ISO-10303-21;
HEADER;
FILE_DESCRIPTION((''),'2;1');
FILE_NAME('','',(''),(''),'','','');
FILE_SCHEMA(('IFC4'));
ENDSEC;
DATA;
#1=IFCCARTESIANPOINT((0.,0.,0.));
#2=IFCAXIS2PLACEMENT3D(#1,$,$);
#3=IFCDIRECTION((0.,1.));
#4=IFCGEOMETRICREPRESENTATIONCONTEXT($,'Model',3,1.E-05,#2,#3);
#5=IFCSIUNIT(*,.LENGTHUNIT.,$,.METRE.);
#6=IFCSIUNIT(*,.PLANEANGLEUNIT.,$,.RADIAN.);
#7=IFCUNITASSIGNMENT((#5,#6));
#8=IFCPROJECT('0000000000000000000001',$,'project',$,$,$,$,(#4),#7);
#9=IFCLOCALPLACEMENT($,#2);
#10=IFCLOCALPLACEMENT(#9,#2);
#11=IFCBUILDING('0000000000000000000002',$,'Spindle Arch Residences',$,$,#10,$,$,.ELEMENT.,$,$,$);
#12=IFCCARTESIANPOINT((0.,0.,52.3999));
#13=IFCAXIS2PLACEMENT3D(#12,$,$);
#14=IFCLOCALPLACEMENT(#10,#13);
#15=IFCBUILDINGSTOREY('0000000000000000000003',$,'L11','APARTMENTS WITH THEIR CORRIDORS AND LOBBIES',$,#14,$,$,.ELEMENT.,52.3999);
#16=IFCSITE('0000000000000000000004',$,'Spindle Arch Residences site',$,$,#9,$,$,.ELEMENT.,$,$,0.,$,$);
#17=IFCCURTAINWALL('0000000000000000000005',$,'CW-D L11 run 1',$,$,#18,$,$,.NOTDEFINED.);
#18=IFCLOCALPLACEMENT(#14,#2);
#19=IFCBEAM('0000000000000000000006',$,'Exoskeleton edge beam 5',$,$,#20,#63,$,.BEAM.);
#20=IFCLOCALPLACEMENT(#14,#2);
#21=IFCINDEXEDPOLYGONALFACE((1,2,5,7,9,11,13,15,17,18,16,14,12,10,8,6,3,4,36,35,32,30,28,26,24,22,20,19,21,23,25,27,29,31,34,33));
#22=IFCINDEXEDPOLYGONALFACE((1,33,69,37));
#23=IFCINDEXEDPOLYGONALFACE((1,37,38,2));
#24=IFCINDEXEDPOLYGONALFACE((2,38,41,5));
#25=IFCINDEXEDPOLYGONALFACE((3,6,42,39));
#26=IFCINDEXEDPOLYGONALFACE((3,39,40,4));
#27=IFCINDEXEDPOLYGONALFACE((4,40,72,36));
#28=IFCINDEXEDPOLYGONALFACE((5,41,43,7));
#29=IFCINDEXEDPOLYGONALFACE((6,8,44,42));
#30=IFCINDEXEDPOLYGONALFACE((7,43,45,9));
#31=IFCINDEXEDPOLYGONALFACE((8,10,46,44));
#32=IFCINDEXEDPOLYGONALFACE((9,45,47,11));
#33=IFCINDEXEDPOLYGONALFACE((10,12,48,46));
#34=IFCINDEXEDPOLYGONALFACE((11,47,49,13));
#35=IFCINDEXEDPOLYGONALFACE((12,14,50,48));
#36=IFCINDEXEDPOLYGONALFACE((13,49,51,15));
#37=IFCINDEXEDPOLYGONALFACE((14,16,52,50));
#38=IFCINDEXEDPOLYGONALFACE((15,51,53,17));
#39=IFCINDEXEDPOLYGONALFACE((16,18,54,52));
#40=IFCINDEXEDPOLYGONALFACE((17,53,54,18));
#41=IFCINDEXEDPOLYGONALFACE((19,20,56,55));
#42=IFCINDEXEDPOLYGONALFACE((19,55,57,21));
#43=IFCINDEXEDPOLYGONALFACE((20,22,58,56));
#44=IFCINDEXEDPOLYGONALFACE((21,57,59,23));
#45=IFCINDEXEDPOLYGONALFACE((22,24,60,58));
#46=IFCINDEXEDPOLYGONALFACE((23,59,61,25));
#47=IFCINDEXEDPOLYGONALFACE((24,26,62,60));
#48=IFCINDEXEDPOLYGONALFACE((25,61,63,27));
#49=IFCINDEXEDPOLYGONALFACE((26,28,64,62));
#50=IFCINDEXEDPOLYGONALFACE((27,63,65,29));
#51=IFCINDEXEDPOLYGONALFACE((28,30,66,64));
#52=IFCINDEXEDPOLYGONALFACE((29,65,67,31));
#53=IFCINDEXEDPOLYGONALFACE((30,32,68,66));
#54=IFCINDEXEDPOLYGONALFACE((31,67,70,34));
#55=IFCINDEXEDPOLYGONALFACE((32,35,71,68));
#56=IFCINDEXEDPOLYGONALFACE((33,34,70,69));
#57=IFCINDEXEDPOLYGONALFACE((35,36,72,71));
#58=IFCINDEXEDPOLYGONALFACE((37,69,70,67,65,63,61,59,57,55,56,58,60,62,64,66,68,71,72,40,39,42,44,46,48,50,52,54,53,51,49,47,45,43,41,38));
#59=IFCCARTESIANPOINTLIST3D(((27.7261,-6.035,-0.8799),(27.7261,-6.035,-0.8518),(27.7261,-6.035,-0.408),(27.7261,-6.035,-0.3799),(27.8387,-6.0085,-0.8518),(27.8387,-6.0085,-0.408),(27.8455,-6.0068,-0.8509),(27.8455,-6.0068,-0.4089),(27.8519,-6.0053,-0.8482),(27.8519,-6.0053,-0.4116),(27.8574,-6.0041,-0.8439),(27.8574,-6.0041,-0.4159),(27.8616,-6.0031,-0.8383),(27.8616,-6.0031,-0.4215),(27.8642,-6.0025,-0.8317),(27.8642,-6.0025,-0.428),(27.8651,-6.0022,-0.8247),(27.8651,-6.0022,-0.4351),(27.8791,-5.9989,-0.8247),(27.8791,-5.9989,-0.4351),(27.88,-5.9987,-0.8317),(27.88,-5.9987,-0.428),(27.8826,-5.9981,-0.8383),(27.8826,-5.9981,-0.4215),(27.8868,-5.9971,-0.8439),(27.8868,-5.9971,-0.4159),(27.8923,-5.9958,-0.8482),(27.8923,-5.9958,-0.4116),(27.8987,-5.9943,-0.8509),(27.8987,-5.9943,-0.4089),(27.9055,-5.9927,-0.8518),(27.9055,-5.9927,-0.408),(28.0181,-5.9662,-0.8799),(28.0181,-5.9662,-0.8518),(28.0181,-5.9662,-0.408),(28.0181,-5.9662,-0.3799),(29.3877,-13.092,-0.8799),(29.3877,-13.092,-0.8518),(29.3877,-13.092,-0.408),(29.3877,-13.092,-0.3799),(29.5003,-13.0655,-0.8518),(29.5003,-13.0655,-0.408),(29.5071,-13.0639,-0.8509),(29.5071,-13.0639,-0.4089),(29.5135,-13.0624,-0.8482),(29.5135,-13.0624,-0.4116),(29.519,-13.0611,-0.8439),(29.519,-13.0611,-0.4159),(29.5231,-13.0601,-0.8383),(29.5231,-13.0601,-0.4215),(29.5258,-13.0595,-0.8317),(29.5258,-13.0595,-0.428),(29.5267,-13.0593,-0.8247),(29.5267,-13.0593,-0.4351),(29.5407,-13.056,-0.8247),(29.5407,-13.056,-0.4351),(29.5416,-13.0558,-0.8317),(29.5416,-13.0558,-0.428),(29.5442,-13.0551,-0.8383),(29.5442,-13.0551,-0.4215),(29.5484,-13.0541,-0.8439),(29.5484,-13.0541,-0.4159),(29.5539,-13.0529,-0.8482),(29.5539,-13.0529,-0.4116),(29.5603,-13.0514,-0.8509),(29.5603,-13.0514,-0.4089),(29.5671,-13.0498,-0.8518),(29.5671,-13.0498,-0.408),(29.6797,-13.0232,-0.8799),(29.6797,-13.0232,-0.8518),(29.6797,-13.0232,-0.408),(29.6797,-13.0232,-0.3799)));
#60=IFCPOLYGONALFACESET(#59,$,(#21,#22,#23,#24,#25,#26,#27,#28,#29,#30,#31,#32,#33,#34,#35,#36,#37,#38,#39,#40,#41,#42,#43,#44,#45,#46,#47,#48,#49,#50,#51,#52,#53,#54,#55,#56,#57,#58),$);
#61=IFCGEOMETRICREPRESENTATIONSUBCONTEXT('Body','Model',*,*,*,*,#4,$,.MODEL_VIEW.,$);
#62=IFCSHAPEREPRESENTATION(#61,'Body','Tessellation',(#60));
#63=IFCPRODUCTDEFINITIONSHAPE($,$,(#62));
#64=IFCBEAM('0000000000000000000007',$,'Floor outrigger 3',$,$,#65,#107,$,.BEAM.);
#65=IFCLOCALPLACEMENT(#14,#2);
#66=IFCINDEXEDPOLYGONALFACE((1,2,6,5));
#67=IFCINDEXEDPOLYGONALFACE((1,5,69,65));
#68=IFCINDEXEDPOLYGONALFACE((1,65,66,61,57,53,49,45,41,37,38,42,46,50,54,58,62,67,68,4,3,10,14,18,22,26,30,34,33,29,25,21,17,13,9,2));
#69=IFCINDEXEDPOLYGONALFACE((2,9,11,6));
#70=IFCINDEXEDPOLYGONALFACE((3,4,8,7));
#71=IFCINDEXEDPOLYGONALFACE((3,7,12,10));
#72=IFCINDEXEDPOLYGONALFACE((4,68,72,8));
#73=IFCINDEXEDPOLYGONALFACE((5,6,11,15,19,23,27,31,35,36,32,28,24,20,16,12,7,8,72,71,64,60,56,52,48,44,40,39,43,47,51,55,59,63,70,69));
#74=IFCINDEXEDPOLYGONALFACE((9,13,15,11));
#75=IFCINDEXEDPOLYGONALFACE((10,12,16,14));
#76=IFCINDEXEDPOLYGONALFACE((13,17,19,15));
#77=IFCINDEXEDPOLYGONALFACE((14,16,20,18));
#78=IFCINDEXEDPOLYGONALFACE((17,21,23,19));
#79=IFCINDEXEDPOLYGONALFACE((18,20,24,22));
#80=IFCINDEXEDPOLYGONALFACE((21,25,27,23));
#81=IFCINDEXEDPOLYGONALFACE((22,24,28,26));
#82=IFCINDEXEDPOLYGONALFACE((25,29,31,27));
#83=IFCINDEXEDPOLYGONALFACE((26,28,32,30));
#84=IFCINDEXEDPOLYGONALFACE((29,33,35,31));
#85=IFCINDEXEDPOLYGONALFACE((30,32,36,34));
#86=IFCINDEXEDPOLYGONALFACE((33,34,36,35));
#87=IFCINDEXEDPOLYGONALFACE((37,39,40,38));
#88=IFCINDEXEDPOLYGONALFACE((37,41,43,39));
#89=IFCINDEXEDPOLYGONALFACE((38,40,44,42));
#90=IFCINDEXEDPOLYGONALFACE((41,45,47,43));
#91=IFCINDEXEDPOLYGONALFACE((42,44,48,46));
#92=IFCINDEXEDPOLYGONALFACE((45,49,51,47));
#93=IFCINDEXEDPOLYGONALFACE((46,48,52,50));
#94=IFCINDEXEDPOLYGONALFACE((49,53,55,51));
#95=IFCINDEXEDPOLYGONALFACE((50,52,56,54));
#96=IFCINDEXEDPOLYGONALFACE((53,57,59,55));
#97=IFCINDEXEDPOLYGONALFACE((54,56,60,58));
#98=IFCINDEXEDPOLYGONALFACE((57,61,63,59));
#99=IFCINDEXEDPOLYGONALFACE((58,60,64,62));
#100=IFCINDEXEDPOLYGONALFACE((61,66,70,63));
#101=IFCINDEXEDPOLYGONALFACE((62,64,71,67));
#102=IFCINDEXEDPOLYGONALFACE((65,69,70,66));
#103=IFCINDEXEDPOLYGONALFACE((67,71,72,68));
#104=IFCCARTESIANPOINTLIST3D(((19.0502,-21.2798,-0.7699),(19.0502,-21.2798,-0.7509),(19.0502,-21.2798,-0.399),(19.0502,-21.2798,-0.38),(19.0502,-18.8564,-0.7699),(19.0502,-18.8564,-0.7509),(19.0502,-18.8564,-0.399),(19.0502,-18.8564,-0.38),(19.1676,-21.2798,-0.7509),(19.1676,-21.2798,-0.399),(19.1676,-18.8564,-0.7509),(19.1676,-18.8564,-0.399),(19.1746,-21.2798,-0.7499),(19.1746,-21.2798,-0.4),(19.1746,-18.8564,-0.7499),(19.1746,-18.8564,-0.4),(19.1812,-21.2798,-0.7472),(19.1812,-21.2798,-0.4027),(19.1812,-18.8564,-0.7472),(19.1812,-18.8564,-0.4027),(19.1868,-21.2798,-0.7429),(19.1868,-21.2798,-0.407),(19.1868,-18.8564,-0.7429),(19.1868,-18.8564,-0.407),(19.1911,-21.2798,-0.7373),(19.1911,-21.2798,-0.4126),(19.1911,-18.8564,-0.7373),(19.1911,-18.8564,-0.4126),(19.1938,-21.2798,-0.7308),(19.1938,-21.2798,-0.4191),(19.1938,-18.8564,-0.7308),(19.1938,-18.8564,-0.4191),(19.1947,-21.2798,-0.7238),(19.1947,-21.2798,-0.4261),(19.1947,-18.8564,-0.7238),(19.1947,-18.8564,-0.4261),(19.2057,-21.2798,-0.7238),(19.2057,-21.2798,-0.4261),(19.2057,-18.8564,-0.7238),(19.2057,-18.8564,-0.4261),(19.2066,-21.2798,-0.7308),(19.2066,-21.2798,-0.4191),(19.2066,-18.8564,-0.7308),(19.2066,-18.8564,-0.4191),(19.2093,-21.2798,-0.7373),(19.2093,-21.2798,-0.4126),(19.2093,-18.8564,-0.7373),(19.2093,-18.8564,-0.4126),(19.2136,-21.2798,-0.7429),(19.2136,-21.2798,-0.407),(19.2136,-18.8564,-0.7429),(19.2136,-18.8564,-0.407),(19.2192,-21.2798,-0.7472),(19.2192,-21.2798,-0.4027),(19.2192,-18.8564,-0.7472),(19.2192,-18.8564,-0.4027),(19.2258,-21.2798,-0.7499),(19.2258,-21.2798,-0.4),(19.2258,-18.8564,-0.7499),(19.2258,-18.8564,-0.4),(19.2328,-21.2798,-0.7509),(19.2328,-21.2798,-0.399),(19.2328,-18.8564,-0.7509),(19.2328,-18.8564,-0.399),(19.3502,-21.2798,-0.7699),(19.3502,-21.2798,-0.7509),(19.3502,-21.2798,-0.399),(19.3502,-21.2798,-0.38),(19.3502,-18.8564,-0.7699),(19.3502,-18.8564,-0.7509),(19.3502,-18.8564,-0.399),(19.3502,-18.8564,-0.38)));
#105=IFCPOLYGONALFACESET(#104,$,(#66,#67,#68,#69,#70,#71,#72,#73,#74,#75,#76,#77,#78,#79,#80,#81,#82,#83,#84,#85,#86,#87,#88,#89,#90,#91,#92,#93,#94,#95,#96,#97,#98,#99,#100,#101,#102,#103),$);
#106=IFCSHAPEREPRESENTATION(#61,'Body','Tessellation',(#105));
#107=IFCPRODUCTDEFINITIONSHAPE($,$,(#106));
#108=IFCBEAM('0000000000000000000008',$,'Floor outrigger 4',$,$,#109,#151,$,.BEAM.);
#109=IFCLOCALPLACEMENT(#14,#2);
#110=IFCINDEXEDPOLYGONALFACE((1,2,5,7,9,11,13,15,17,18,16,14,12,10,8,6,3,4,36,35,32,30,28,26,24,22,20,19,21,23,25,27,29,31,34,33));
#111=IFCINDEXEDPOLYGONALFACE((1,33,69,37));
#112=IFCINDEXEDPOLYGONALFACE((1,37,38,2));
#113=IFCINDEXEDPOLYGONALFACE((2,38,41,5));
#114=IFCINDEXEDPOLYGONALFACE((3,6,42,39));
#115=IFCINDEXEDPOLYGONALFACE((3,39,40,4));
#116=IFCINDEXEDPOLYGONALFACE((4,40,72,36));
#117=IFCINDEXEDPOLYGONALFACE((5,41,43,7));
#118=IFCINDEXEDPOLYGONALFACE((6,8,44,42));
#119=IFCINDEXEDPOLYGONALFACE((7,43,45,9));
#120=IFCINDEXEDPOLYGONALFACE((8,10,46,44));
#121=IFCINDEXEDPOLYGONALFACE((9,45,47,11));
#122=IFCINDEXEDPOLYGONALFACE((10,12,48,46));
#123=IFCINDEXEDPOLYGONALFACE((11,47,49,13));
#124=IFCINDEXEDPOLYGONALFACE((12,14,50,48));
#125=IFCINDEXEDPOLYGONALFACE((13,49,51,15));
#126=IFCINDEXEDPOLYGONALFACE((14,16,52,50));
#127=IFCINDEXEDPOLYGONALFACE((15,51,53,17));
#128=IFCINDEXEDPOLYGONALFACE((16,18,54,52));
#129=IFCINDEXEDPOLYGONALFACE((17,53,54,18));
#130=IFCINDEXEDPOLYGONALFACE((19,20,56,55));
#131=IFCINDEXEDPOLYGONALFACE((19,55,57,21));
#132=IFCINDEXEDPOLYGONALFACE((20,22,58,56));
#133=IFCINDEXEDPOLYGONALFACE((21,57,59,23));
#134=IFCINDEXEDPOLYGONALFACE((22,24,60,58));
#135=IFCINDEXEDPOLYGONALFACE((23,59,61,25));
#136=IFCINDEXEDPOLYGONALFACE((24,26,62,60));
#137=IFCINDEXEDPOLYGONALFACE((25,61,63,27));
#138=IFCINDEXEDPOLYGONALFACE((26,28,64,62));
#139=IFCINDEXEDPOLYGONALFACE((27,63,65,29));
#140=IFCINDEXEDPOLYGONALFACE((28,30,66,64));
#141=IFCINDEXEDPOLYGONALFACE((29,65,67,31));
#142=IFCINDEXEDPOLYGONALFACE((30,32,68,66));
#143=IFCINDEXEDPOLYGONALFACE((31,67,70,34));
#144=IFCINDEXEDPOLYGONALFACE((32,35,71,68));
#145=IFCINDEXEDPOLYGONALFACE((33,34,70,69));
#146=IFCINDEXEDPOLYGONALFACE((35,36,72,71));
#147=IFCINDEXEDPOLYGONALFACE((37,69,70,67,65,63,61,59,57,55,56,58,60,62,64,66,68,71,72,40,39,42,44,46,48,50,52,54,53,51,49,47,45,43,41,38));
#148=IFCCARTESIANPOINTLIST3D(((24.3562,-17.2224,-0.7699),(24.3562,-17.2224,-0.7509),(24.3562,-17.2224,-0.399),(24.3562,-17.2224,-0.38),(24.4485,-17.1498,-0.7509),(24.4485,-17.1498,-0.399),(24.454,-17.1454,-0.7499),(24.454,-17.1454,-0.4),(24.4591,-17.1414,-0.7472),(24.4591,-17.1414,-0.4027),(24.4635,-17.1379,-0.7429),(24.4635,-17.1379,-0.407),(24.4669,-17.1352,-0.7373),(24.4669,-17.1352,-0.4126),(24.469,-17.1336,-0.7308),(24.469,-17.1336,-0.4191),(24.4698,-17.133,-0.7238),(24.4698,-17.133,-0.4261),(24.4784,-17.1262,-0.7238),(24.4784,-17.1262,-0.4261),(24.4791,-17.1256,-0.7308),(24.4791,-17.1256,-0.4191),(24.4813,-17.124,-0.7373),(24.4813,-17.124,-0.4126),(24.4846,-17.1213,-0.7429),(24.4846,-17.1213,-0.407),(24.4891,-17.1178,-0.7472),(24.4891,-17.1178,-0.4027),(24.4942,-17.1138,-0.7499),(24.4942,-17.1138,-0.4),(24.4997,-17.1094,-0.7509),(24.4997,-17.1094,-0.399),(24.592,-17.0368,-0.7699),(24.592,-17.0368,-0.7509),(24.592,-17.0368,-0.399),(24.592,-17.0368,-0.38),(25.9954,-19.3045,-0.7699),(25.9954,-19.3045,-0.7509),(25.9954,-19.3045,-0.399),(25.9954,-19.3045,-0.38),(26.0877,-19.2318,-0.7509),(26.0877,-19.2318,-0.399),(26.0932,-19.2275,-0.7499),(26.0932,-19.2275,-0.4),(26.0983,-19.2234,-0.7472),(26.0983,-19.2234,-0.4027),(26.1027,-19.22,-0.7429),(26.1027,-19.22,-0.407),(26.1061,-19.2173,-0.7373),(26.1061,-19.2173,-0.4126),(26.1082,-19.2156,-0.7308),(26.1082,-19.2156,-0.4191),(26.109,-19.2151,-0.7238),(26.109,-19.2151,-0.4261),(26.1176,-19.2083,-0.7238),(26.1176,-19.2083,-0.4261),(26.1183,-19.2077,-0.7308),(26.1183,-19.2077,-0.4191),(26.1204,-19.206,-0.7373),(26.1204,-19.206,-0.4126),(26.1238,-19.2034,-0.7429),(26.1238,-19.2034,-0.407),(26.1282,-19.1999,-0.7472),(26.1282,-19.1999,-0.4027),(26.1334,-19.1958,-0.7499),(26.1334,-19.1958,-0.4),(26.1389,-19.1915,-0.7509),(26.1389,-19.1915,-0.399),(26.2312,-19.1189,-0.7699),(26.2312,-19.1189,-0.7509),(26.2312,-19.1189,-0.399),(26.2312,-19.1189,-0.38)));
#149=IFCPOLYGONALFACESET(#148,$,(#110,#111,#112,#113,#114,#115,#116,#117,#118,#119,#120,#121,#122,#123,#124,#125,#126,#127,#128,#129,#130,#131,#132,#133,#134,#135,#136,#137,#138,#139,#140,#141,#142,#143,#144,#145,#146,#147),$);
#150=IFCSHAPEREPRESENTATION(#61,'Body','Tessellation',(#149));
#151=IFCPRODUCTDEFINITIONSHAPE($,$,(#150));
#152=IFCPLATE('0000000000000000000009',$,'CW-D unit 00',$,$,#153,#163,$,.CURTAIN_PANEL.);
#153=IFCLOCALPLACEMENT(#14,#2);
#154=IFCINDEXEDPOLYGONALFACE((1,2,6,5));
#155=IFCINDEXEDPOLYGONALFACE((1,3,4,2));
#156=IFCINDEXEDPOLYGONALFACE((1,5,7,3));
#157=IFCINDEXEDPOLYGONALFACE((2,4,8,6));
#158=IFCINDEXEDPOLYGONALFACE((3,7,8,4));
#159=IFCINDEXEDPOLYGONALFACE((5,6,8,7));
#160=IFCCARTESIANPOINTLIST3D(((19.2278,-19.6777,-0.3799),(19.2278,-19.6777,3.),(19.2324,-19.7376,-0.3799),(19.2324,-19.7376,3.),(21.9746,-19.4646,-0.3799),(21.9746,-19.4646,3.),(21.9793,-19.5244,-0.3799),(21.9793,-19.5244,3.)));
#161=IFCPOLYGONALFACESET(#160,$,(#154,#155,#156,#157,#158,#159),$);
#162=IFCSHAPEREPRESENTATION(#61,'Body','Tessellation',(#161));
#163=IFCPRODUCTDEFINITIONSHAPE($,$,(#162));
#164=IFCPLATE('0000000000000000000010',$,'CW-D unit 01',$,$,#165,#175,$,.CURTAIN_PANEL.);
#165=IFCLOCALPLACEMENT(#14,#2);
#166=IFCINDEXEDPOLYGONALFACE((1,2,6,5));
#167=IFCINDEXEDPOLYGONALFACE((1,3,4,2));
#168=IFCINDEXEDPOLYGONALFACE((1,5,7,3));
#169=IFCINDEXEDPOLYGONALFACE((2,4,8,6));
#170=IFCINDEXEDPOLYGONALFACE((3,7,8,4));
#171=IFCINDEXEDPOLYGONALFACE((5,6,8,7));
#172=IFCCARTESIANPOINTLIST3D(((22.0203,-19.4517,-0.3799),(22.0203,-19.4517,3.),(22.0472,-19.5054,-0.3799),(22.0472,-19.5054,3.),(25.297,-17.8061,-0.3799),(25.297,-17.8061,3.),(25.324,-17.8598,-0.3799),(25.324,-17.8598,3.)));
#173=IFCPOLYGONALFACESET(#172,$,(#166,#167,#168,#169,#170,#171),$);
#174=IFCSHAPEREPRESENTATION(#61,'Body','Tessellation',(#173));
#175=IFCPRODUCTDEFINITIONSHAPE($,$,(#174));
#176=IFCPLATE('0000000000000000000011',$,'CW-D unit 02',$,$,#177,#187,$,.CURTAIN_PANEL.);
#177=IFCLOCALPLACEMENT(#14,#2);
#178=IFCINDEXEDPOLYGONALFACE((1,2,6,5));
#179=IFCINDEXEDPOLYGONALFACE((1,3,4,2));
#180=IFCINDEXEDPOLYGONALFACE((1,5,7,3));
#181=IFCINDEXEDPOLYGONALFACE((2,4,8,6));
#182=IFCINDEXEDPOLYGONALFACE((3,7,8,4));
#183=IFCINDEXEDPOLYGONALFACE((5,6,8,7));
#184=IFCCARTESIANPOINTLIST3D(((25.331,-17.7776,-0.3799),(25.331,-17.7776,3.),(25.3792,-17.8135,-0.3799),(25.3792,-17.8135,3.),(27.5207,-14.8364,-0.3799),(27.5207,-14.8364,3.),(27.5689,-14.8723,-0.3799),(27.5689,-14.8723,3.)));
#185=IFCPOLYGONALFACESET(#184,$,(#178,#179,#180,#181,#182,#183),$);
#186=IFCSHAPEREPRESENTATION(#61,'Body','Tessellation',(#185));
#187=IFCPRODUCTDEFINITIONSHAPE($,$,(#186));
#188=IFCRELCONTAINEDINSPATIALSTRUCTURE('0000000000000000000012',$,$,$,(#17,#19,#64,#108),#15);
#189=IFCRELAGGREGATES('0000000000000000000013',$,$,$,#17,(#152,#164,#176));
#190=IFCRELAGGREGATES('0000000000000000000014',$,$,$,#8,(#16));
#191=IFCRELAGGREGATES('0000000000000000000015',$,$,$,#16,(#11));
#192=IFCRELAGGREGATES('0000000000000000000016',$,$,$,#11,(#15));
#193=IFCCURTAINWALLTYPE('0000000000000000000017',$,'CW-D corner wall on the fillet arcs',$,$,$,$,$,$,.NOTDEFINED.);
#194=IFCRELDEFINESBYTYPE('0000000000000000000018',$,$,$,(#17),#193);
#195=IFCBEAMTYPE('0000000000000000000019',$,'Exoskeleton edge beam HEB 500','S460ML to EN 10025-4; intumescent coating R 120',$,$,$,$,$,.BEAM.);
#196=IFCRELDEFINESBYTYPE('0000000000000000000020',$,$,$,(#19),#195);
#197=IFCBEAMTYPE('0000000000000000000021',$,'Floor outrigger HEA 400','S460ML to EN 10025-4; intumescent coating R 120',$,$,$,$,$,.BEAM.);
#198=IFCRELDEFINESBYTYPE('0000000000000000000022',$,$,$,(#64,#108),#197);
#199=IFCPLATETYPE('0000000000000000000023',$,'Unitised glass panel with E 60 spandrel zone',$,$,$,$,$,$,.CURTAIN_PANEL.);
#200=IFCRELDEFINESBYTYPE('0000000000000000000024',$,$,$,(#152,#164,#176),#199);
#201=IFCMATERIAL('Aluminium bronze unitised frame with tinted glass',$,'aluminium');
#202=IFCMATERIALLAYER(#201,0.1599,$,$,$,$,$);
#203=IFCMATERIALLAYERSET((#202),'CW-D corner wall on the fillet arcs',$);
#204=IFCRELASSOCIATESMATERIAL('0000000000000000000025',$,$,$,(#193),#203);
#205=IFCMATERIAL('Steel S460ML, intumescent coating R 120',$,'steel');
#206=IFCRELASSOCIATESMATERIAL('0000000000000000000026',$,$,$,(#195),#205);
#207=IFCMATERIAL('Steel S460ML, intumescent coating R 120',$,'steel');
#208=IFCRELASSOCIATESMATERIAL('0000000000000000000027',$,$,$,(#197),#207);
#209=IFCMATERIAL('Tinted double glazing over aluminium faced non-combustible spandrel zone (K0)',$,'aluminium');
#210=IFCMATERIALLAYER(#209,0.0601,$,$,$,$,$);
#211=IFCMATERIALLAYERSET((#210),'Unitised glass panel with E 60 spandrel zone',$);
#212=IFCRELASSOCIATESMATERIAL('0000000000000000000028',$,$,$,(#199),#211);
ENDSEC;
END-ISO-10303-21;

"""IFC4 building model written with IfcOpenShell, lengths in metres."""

from ifc_helpers import new_model, si_unit, direction, frame, origin, origin_2d, place, context, subcontext, project, spatial, rectangle, i_section, extrude, material, layer, layer_set, material_profile, profile_set, type_object, element, aggregate, save


model = new_model("IFC4")

# Units and contexts
model_context = context("Model", 3, precision=1e-05, world=origin(), true_north=direction((0.0, 1.0)))
body_context = subcontext(model_context, "Body", "Model", "MODEL_VIEW")
ifc_project = project(units=[si_unit("LENGTHUNIT", "METRE"), si_unit("PLANEANGLEUNIT", "RADIAN")], contexts=[model_context])

# Site, building, storey
site_placement = place(None, origin())
site = spatial("IfcSite", under=ifc_project, at=site_placement, Name="Spindle Arch Residences site", CompositionType="ELEMENT", RefElevation=0.0)
building_placement = place(site_placement, origin())
building = spatial("IfcBuilding", under=site, at=building_placement, Name="Spindle Arch Residences", CompositionType="ELEMENT")
storey_placement = place(building_placement, frame((0.0, 0.0, 52.3999)))
storey = spatial("IfcBuildingStorey", under=building, at=storey_placement, Name="L11", Description="APARTMENTS WITH THEIR CORRIDORS AND LOBBIES", CompositionType="ELEMENT", Elevation=52.3999)

# Curtain wall
ifc_material_1 = material(Name="Aluminium bronze unitised frame with tinted glass", Category="aluminium")
ifc_layer_1 = layer(ifc_material_1, 0.1599)
ifc_layer_set_1 = layer_set([ifc_layer_1], Name="CW-D corner wall on the fillet arcs")
curtain_wall_type = type_object("IfcCurtainWallType", Name="CW-D corner wall on the fillet arcs", PredefinedType="NOTDEFINED", material=ifc_layer_set_1)
curtain_wall_placement = place(storey_placement, origin())
curtain_wall = element("IfcCurtainWall", 1, at=curtain_wall_placement, inside=storey, type_object=curtain_wall_type, Name="CW-D L11 run 1", PredefinedType="NOTDEFINED")

# Beams
ifc_material_2 = material(Name="Steel S460ML, intumescent coating R 120", Category="steel")
ifc_material_profile_1 = material_profile(ifc_material_2, i_section(OverallWidth=0.3, OverallDepth=0.5, WebThickness=0.0144, FlangeThickness=0.0281, FilletRadius=0.0271, at=origin_2d()), Name="HEB 500")
ifc_profile_set_1 = profile_set([ifc_material_profile_1], Name="Steel S460ML, intumescent coating R 120")
beam_type_1 = type_object("IfcBeamType", Name="Exoskeleton edge beam HEB 500", Description="S460ML to EN 10025-4; intumescent coating R 120", PredefinedType="BEAM", material=ifc_profile_set_1)
beam_1_placement = place(storey_placement, frame((29.5337, -13.0576, -0.6299), z_axis=(-0.229186, 0.973383, 0.0), x_axis=(-0.973383, -0.229186, 0.0)))
element("IfcBeam", 2, at=beam_1_placement, inside=storey, type_object=beam_type_1, Name="Exoskeleton edge beam 5", PredefinedType="BEAM", context=body_context, shape_type="SweptSolid", body=[
    extrude(i_section(OverallWidth=0.3, OverallDepth=0.5, WebThickness=0.0144, FlangeThickness=0.0281, FilletRadius=0.0271, at=origin_2d()), origin(), (0.0, 0.0, 1.0), 7.25),
])
ifc_material_3 = material(Name="Steel S460ML, intumescent coating R 120", Category="steel")
ifc_material_profile_2 = material_profile(ifc_material_3, i_section(OverallWidth=0.3, OverallDepth=0.3899, WebThickness=0.011, FlangeThickness=0.019, FilletRadius=0.0271, at=origin_2d()), Name="HEA 400")
ifc_profile_set_2 = profile_set([ifc_material_profile_2], Name="Steel S460ML, intumescent coating R 120")
beam_type_2 = type_object("IfcBeamType", Name="Floor outrigger HEA 400", Description="S460ML to EN 10025-4; intumescent coating R 120", PredefinedType="BEAM", material=ifc_profile_set_2)
beam_2_placement = place(storey_placement, frame((19.2002, -21.2798, -0.575), z_axis=(0.0, 1.0, 0.0), x_axis=(-1.0, 0.0, 0.0)))
element("IfcBeam", 3, at=beam_2_placement, inside=storey, type_object=beam_type_2, Name="Floor outrigger 3", PredefinedType="BEAM", context=body_context, shape_type="SweptSolid", body=[
    extrude(i_section(OverallWidth=0.3, OverallDepth=0.3899, WebThickness=0.011, FlangeThickness=0.019, FilletRadius=0.0271, at=origin_2d()), origin(), (0.0, 0.0, 1.0), 2.4233),
])
beam_3_placement = place(storey_placement, frame((26.1133, -19.2117, -0.575), z_axis=(-0.618586, 0.785717, 0.0), x_axis=(-0.785717, -0.618586, 0.0)))
element("IfcBeam", 4, at=beam_3_placement, inside=storey, type_object=beam_type_2, Name="Floor outrigger 4", PredefinedType="BEAM", context=body_context, shape_type="SweptSolid", body=[
    extrude(i_section(OverallWidth=0.3, OverallDepth=0.3899, WebThickness=0.011, FlangeThickness=0.019, FilletRadius=0.0271, at=origin_2d()), origin(), (0.0, 0.0, 1.0), 2.6499),
])

# Plates
ifc_material_4 = material(Name="Tinted double glazing over aluminium faced non-combustible spandrel zone (K0)", Category="aluminium")
ifc_layer_2 = layer(ifc_material_4, 0.0601)
ifc_layer_set_2 = layer_set([ifc_layer_2], Name="Unitised glass panel with E 60 spandrel zone")
plate_type = type_object("IfcPlateType", Name="Unitised glass panel with E 60 spandrel zone", PredefinedType="CURTAIN_PANEL", material=ifc_layer_set_2)
plate_1_placement = place(storey_placement, frame((20.6035, -19.6011, -0.3799), z_axis=(0.0, 0.0, 1.0), x_axis=(0.997003, 0.077364, 0.0)))
plate_1 = element("IfcPlate", 5, at=plate_1_placement, type_object=plate_type, Name="CW-D unit 00", PredefinedType="CURTAIN_PANEL", context=body_context, shape_type="SweptSolid", body=[
    extrude(rectangle(XDim=2.7551, YDim=0.0601, at=origin_2d()), origin(), (0.0, 0.0, 1.0), 3.3799),
])
plate_2_placement = place(storey_placement, frame((23.6721, -18.6558, -0.3799), z_axis=(0.0, 0.0, 1.0), x_axis=(0.893633, 0.448799, 0.0)))
plate_2 = element("IfcPlate", 6, at=plate_2_placement, type_object=plate_type, Name="CW-D unit 01", PredefinedType="CURTAIN_PANEL", context=body_context, shape_type="SweptSolid", body=[
    extrude(rectangle(XDim=3.6667, YDim=0.0601, at=origin_2d()), origin(), (0.0, 0.0, 1.0), 3.3799),
])
plate_3_placement = place(storey_placement, frame((26.45, -16.325, -0.3799), z_axis=(0.0, 0.0, 1.0), x_axis=(0.597159, 0.802123, 0.0)))
plate_3 = element("IfcPlate", 7, at=plate_3_placement, type_object=plate_type, Name="CW-D unit 02", PredefinedType="CURTAIN_PANEL", context=body_context, shape_type="SweptSolid", body=[
    extrude(rectangle(XDim=3.6667, YDim=0.0601, at=origin_2d()), origin(), (0.0, 0.0, 1.0), 3.3799),
])
aggregate(curtain_wall, [plate_1, plate_2, plate_3])

save(model, "model.ifc")
